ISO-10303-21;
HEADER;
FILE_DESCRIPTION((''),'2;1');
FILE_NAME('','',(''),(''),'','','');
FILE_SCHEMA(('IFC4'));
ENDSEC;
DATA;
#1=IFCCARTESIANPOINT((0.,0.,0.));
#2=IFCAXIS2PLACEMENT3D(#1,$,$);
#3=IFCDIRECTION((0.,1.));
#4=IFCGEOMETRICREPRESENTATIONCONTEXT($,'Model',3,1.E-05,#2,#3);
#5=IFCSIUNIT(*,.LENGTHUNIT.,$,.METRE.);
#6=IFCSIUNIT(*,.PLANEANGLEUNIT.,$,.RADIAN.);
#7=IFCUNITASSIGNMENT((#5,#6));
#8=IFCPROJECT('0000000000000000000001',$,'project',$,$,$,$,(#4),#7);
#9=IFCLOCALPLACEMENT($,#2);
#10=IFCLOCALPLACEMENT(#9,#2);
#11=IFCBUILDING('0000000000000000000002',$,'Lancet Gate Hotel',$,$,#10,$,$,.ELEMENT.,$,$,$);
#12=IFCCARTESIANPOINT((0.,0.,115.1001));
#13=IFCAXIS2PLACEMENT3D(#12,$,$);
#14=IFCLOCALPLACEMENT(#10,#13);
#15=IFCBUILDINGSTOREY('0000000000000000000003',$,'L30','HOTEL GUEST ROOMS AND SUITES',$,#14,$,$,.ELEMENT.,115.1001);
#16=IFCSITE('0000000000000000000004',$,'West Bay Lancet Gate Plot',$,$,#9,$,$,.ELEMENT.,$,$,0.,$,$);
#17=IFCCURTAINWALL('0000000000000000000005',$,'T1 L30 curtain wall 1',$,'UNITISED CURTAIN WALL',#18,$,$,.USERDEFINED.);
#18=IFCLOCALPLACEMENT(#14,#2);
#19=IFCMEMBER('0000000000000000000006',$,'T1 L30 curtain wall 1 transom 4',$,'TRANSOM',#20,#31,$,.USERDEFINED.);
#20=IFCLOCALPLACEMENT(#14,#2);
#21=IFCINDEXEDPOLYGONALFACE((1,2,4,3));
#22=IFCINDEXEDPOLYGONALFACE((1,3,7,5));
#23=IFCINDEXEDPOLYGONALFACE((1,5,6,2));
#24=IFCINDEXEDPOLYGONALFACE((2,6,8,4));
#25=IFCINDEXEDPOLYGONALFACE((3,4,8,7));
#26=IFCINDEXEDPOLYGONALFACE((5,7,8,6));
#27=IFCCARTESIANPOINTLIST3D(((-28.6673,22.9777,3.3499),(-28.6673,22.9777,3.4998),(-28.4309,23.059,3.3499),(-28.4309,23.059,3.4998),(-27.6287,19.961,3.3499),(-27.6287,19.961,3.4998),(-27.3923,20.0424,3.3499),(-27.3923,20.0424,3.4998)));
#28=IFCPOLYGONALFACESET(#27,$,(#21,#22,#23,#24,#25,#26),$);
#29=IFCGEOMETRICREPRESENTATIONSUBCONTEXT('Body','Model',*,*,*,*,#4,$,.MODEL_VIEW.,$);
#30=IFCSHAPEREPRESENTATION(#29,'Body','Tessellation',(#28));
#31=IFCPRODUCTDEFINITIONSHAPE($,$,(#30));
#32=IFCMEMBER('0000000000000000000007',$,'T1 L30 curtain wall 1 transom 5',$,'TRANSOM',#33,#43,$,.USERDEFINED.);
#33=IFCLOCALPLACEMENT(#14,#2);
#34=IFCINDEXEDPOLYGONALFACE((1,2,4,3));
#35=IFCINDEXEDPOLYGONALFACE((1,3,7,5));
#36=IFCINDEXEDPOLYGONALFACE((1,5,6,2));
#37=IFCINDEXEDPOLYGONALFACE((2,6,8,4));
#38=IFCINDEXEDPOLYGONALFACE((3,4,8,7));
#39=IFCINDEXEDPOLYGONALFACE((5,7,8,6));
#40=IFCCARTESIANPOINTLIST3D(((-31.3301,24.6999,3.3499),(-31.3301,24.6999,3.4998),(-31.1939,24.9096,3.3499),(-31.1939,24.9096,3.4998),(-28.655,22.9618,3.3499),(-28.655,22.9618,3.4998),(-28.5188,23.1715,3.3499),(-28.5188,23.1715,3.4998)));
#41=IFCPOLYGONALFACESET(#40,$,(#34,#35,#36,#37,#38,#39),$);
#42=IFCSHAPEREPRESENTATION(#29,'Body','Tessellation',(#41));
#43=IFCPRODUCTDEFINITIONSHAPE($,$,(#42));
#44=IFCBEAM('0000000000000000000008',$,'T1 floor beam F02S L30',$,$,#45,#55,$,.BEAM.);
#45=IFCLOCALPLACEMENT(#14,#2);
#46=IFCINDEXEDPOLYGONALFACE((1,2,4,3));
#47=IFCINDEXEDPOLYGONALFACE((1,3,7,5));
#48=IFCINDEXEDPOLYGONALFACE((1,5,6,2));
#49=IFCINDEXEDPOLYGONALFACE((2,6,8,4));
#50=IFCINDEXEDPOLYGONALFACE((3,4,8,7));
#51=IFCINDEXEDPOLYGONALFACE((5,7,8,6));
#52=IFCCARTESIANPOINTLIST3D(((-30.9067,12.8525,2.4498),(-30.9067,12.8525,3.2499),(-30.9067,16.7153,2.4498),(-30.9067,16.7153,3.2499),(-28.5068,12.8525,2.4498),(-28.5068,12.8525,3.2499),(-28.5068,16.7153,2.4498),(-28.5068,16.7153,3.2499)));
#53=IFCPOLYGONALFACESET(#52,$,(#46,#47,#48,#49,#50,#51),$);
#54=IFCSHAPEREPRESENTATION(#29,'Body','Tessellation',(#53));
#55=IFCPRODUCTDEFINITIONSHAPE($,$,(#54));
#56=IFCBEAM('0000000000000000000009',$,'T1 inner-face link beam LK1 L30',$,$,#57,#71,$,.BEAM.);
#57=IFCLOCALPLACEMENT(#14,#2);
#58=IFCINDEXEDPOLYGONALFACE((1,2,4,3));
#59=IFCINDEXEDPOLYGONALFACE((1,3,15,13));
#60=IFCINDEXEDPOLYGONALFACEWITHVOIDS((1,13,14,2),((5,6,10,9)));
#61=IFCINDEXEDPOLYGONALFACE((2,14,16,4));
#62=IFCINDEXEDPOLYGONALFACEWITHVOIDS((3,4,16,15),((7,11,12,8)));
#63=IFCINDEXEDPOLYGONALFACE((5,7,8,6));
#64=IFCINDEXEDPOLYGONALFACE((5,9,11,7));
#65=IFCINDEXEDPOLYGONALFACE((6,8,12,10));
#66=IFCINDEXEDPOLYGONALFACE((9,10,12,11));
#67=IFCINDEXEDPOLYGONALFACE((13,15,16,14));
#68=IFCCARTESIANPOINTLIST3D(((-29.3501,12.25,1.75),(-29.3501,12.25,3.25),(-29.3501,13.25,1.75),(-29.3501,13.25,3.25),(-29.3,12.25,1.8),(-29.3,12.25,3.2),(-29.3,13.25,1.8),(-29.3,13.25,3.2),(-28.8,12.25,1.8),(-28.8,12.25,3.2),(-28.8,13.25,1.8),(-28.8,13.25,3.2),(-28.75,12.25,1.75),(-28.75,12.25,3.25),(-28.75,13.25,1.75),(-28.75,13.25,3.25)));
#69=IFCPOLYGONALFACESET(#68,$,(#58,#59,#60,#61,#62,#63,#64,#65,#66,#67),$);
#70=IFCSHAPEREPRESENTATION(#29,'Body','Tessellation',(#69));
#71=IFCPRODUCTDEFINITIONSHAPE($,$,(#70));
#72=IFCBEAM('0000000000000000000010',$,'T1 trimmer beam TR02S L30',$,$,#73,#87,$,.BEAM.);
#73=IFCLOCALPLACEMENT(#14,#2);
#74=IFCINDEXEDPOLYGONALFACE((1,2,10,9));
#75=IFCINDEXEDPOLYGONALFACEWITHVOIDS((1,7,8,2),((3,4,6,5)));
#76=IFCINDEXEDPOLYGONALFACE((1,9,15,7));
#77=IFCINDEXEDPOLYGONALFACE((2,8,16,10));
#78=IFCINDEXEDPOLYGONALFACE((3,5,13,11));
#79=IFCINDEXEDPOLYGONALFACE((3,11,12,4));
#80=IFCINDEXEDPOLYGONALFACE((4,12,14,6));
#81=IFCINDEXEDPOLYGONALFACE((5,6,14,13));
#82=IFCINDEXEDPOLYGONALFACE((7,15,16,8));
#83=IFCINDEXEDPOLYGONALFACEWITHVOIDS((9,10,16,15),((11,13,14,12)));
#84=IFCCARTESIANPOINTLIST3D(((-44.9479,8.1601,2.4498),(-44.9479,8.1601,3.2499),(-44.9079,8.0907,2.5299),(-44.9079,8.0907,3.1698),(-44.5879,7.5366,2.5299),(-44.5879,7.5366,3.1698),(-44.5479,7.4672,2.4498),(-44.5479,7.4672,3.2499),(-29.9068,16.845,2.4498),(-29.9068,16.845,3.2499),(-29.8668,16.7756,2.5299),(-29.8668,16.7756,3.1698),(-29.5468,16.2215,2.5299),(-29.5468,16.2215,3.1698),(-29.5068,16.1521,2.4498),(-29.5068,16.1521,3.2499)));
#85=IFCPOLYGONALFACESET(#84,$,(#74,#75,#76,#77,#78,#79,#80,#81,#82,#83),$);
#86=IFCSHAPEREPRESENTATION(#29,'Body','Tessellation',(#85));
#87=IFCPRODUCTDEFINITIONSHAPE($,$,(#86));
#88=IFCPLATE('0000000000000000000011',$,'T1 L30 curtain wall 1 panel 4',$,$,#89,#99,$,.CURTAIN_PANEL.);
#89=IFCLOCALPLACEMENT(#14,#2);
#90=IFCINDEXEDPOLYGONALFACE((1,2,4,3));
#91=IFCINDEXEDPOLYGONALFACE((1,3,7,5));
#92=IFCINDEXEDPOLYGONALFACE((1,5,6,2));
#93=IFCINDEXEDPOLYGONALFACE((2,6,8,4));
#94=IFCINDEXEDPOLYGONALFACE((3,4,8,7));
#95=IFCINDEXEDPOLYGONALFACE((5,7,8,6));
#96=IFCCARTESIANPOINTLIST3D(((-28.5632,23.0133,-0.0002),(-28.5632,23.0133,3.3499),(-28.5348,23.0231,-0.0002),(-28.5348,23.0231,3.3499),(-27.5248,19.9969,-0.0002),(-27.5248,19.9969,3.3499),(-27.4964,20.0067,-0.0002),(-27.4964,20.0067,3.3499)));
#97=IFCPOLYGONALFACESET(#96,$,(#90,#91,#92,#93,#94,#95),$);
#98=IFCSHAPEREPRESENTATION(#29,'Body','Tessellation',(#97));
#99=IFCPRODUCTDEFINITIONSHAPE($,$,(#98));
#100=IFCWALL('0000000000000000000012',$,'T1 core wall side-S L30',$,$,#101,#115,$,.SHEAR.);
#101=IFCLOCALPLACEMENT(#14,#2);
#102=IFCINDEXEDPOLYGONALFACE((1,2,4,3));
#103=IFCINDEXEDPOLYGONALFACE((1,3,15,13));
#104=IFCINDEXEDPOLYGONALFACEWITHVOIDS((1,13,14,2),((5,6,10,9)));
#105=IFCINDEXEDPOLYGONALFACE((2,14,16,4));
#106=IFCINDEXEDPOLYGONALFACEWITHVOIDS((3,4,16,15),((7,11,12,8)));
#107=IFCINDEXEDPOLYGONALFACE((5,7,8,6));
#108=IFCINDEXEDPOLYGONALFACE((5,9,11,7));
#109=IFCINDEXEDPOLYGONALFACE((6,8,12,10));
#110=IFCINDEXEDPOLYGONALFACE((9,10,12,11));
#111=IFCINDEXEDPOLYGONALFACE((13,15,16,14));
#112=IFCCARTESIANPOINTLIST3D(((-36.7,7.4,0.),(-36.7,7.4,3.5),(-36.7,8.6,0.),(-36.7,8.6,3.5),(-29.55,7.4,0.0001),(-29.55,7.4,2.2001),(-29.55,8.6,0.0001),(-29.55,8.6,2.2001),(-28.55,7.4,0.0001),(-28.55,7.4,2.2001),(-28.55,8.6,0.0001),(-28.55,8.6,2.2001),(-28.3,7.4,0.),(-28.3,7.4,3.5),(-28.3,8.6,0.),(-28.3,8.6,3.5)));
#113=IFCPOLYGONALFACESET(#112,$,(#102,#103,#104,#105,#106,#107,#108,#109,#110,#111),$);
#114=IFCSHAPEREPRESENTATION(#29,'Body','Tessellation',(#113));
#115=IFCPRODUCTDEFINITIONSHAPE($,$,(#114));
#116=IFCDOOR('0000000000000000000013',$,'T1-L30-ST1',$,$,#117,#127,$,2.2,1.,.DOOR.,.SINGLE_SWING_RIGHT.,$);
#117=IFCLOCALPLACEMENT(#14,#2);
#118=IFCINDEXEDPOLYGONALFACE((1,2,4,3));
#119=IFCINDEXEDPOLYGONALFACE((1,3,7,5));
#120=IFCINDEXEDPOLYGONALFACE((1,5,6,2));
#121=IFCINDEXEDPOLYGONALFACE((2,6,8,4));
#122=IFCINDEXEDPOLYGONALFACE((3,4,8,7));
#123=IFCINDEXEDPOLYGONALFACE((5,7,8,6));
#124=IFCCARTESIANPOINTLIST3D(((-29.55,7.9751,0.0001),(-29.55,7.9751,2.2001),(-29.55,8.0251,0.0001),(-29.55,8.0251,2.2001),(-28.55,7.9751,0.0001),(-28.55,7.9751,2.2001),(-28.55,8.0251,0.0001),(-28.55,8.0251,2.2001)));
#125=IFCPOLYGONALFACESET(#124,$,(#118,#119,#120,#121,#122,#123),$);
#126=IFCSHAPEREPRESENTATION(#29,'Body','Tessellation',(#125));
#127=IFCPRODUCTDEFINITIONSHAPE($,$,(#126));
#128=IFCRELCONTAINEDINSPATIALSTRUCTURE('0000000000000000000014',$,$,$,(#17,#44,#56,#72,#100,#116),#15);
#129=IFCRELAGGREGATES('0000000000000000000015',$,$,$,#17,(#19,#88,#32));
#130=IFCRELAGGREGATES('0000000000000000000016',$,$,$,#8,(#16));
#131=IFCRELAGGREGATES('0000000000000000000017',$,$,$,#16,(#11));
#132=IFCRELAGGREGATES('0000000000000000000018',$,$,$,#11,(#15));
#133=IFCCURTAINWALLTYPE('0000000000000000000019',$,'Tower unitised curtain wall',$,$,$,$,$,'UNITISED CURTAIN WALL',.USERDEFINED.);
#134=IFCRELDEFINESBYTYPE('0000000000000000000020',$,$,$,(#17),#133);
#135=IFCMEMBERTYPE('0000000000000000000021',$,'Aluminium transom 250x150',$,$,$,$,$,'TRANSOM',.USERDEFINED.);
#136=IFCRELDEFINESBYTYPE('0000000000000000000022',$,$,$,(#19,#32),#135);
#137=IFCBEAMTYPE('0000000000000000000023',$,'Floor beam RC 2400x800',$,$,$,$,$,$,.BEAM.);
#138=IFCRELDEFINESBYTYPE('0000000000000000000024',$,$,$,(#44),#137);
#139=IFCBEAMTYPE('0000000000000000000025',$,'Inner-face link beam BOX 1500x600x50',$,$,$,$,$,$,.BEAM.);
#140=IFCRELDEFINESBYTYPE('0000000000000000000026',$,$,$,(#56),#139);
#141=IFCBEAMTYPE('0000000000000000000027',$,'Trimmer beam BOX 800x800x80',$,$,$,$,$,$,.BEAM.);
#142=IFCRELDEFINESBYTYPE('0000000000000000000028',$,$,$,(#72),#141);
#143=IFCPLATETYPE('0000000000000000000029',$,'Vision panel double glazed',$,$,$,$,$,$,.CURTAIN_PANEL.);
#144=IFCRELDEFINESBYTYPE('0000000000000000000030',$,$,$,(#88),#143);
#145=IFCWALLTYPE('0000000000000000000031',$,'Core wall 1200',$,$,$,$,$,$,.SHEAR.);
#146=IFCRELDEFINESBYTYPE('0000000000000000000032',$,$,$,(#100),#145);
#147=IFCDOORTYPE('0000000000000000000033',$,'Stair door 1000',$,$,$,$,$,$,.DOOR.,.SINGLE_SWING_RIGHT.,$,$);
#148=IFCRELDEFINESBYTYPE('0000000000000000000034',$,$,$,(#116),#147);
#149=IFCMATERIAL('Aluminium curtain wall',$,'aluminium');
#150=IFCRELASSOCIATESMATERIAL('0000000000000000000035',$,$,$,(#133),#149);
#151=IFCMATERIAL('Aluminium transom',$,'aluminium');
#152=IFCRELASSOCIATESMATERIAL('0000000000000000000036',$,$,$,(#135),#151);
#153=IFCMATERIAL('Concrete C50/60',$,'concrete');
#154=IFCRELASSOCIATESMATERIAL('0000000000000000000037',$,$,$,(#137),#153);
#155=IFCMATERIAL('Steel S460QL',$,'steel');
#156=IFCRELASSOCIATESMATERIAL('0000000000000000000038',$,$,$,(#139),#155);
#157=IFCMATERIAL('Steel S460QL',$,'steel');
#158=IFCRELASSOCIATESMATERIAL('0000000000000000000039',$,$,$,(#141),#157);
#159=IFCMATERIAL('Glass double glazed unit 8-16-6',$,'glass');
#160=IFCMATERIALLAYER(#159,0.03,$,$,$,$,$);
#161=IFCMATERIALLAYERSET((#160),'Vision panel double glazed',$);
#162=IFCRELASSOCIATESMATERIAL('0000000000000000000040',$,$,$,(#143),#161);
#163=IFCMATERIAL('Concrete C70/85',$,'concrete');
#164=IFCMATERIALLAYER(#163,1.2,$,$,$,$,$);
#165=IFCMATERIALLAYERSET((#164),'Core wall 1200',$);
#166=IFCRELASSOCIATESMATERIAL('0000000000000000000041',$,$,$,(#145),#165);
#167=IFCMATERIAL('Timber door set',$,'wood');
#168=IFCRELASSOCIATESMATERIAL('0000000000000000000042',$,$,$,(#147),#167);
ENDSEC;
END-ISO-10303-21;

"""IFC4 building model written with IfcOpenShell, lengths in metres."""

from ifc_helpers import new_model, si_unit, direction, frame, frame_2d, origin, origin_2d, place, context, subcontext, project, spatial, rectangle, hollow_rectangle, extrude, material, layer, layer_set, material_profile, profile_set, type_object, element, fill, aggregate, save


model = new_model("IFC4")

# Units and contexts
model_context = context("Model", 3, precision=1e-05, world=origin(), true_north=direction((0.0, 1.0)))
body_context = subcontext(model_context, "Body", "Model", "MODEL_VIEW")
ifc_project = project(units=[si_unit("LENGTHUNIT", "METRE"), si_unit("PLANEANGLEUNIT", "RADIAN")], contexts=[model_context])

# Site, building, storey
site_placement = place(None, origin())
site = spatial("IfcSite", under=ifc_project, at=site_placement, Name="West Bay Lancet Gate Plot", CompositionType="ELEMENT", RefElevation=0.0)
building_placement = place(site_placement, origin())
building = spatial("IfcBuilding", under=site, at=building_placement, Name="Lancet Gate Hotel", CompositionType="ELEMENT")
storey_placement = place(building_placement, frame((0.0, 0.0, 115.1001)))
storey = spatial("IfcBuildingStorey", under=building, at=storey_placement, Name="L30", Description="HOTEL GUEST ROOMS AND SUITES", CompositionType="ELEMENT", Elevation=115.1001)

# Curtain wall, members
ifc_material_1 = material(Name="Aluminium curtain wall", Category="aluminium")
curtain_wall_type = type_object("IfcCurtainWallType", Name="Tower unitised curtain wall", ElementType="UNITISED CURTAIN WALL", PredefinedType="USERDEFINED", material=ifc_material_1)
curtain_wall_placement = place(storey_placement, origin())
curtain_wall = element("IfcCurtainWall", 1, at=curtain_wall_placement, inside=storey, type_object=curtain_wall_type, Name="T1 L30 curtain wall 1", ObjectType="UNITISED CURTAIN WALL", PredefinedType="USERDEFINED")
ifc_material_2 = material(Name="Aluminium transom", Category="aluminium")
ifc_material_profile_1 = material_profile(ifc_material_2, rectangle(XDim=0.25, YDim=0.1499, at=origin_2d()), Name="TRANSOM 250x150")
ifc_profile_set_1 = profile_set([ifc_material_profile_1], Name="Aluminium transom")
member_type_1 = type_object("IfcMemberType", Name="Aluminium transom 250x150", ElementType="TRANSOM", PredefinedType="USERDEFINED", material=ifc_profile_set_1)
member_1_placement = place(storey_placement, frame((-27.5105, 20.0017, 3.4248), z_axis=(-0.325533, 0.945531, 0.0), x_axis=(-0.945531, -0.325533, 0.0)))
member_1 = element("IfcMember", 2, at=member_1_placement, type_object=member_type_1, Name="T1 L30 curtain wall 1 transom 4", ObjectType="TRANSOM", PredefinedType="USERDEFINED", context=body_context, shape_type="SweptSolid", body=[
    extrude(rectangle(XDim=0.25, YDim=0.1499, at=origin_2d()), origin(), (0.0, 0.0, 1.0), 3.1904),
])
member_2_placement = place(storey_placement, frame((-28.5869, 23.0667, 3.4248), z_axis=(-0.83855, 0.544824, 0.0), x_axis=(-0.544824, -0.83855, 0.0)))
member_2 = element("IfcMember", 3, at=member_2_placement, type_object=member_type_1, Name="T1 L30 curtain wall 1 transom 5", ObjectType="TRANSOM", PredefinedType="USERDEFINED", context=body_context, shape_type="SweptSolid", body=[
    extrude(rectangle(XDim=0.25, YDim=0.1499, at=origin_2d()), origin(), (0.0, 0.0, 1.0), 3.1902),
])

# Beams
ifc_material_3 = material(Name="Concrete C50/60", Category="concrete")
ifc_material_profile_2 = material_profile(ifc_material_3, rectangle(XDim=2.3999, YDim=0.8, at=origin_2d()), Name="RC 2400x800")
ifc_profile_set_2 = profile_set([ifc_material_profile_2], Name="Concrete C50/60")
beam_type_1 = type_object("IfcBeamType", Name="Floor beam RC 2400x800", PredefinedType="BEAM", material=ifc_profile_set_2)
beam_1_placement = place(storey_placement, frame((-29.7068, 16.7153, 2.8499), z_axis=(0.0, -1.0, 0.0), x_axis=(1.0, 0.0, 0.0)))
element("IfcBeam", 4, at=beam_1_placement, inside=storey, type_object=beam_type_1, Name="T1 floor beam F02S L30", PredefinedType="BEAM", context=body_context, shape_type="SweptSolid", body=[
    extrude(rectangle(XDim=2.3999, YDim=0.8, at=origin_2d()), origin(), (0.0, 0.0, 1.0), 3.8628),
])
ifc_material_4 = material(Name="Steel S460QL", Category="steel")
ifc_material_profile_3 = material_profile(ifc_material_4, hollow_rectangle(XDim=0.6001, YDim=1.5, WallThickness=0.05, at=origin_2d()), Name="BOX 1500x600x50")
ifc_profile_set_3 = profile_set([ifc_material_profile_3], Name="Steel S460QL")
beam_type_2 = type_object("IfcBeamType", Name="Inner-face link beam BOX 1500x600x50", PredefinedType="BEAM", material=ifc_profile_set_3)
beam_2_placement = place(storey_placement, frame((-29.05, 13.25, 2.5), z_axis=(0.0, -1.0, 0.0), x_axis=(1.0, 0.0, 0.0)))
element("IfcBeam", 5, at=beam_2_placement, inside=storey, type_object=beam_type_2, Name="T1 inner-face link beam LK1 L30", PredefinedType="BEAM", context=body_context, shape_type="SweptSolid", body=[
    extrude(hollow_rectangle(XDim=0.6001, YDim=1.5, WallThickness=0.05, at=origin_2d()), origin(), (0.0, 0.0, 1.0), 1.0),
])
ifc_material_5 = material(Name="Steel S460QL", Category="steel")
ifc_material_profile_4 = material_profile(ifc_material_5, hollow_rectangle(XDim=0.8, YDim=0.8, WallThickness=0.0801, at=origin_2d()), Name="BOX 800x800x80")
ifc_profile_set_4 = profile_set([ifc_material_profile_4], Name="Steel S460QL")
beam_type_3 = type_object("IfcBeamType", Name="Trimmer beam BOX 800x800x80", PredefinedType="BEAM", material=ifc_profile_set_4)
beam_3_placement = place(storey_placement, frame((-29.7068, 16.4985, 2.8499), z_axis=(-0.866003, -0.500038, 0.0), x_axis=(0.500038, -0.866003, 0.0)))
element("IfcBeam", 6, at=beam_3_placement, inside=storey, type_object=beam_type_3, Name="T1 trimmer beam TR02S L30", PredefinedType="BEAM", context=body_context, shape_type="SweptSolid", body=[
    extrude(hollow_rectangle(XDim=0.8, YDim=0.8, WallThickness=0.0801, at=origin_2d()), origin(), (0.0, 0.0, 1.0), 17.3684),
])

# Plate
ifc_material_6 = material(Name="Glass double glazed unit 8-16-6", Category="glass")
ifc_layer_1 = layer(ifc_material_6, 0.03)
ifc_layer_set_1 = layer_set([ifc_layer_1], Name="Vision panel double glazed")
plate_type = type_object("IfcPlateType", Name="Vision panel double glazed", PredefinedType="CURTAIN_PANEL", material=ifc_layer_set_1)
plate_placement = place(storey_placement, frame((-28.0298, 21.51, -0.0002), z_axis=(0.0, 0.0, 1.0), x_axis=(-0.325516, 0.945537, 0.0)))
plate = element("IfcPlate", 7, at=plate_placement, type_object=plate_type, Name="T1 L30 curtain wall 1 panel 4", PredefinedType="CURTAIN_PANEL", context=body_context, shape_type="SweptSolid", body=[
    extrude(rectangle(XDim=3.1902, YDim=0.03, at=origin_2d()), origin(), (0.0, 0.0, 1.0), 3.3501),
])
aggregate(curtain_wall, [member_1, plate, member_2])

# Wall, opening, door
ifc_material_7 = material(Name="Concrete C70/85", Category="concrete")
ifc_layer_2 = layer(ifc_material_7, 1.2)
ifc_layer_set_2 = layer_set([ifc_layer_2], Name="Core wall 1200")
wall_type_1 = type_object("IfcWallType", Name="Core wall 1200", PredefinedType="SHEAR", material=ifc_layer_set_2)
wall_1_placement = place(storey_placement, frame((-28.3, 8.0, 0.0), z_axis=(0.0, 0.0, 1.0), x_axis=(-1.0, 0.0, 0.0)))
wall_1 = element("IfcWall", 8, at=wall_1_placement, inside=storey, type_object=wall_type_1, Name="T1 core wall side-S L30", PredefinedType="SHEAR", context=body_context, shape_type="SweptSolid", body=[
    extrude(rectangle(XDim=8.3999, YDim=1.2, at=frame_2d((4.2, 0.0))), origin(), (0.0, 0.0, 1.0), 3.5),
])
opening_1_placement = place(wall_1_placement, frame((0.25, 0.0, 0.0)))
opening_1 = element("IfcOpeningElement", 9, at=opening_1_placement, cuts=wall_1, PredefinedType="OPENING", context=body_context, shape_type="SweptSolid", body=[
    extrude(rectangle(XDim=1.0, YDim=2.2, at=frame_2d((0.5, 1.1001))), frame((0.0, 0.6099, 0.0), z_axis=(0.0, -1.0, 0.0), x_axis=(1.0, 0.0, 0.0)), (0.0, 0.0, 1.0), 1.22),
])
ifc_material_8 = material(Name="Timber door set", Category="wood")
door_type = type_object("IfcDoorType", Name="Stair door 1000", OperationType="SINGLE_SWING_RIGHT", PredefinedType="DOOR", material=ifc_material_8)
door_placement = place(opening_1_placement, origin())
door = element("IfcDoor", 10, at=door_placement, inside=storey, type_object=door_type, Name="T1-L30-ST1", OperationType="SINGLE_SWING_RIGHT", OverallHeight=2.2, OverallWidth=1.0, PredefinedType="DOOR", context=body_context, shape_type="SweptSolid", body=[
    extrude(rectangle(XDim=1.0, YDim=2.2, at=frame_2d((0.5, 1.1001))), frame((0.0, 0.0249, 0.0), z_axis=(0.0, -1.0, 0.0), x_axis=(1.0, 0.0, 0.0)), (0.0, 0.0, 1.0), 0.05),
])
fill(opening_1, door)

save(model, "model.ifc")
